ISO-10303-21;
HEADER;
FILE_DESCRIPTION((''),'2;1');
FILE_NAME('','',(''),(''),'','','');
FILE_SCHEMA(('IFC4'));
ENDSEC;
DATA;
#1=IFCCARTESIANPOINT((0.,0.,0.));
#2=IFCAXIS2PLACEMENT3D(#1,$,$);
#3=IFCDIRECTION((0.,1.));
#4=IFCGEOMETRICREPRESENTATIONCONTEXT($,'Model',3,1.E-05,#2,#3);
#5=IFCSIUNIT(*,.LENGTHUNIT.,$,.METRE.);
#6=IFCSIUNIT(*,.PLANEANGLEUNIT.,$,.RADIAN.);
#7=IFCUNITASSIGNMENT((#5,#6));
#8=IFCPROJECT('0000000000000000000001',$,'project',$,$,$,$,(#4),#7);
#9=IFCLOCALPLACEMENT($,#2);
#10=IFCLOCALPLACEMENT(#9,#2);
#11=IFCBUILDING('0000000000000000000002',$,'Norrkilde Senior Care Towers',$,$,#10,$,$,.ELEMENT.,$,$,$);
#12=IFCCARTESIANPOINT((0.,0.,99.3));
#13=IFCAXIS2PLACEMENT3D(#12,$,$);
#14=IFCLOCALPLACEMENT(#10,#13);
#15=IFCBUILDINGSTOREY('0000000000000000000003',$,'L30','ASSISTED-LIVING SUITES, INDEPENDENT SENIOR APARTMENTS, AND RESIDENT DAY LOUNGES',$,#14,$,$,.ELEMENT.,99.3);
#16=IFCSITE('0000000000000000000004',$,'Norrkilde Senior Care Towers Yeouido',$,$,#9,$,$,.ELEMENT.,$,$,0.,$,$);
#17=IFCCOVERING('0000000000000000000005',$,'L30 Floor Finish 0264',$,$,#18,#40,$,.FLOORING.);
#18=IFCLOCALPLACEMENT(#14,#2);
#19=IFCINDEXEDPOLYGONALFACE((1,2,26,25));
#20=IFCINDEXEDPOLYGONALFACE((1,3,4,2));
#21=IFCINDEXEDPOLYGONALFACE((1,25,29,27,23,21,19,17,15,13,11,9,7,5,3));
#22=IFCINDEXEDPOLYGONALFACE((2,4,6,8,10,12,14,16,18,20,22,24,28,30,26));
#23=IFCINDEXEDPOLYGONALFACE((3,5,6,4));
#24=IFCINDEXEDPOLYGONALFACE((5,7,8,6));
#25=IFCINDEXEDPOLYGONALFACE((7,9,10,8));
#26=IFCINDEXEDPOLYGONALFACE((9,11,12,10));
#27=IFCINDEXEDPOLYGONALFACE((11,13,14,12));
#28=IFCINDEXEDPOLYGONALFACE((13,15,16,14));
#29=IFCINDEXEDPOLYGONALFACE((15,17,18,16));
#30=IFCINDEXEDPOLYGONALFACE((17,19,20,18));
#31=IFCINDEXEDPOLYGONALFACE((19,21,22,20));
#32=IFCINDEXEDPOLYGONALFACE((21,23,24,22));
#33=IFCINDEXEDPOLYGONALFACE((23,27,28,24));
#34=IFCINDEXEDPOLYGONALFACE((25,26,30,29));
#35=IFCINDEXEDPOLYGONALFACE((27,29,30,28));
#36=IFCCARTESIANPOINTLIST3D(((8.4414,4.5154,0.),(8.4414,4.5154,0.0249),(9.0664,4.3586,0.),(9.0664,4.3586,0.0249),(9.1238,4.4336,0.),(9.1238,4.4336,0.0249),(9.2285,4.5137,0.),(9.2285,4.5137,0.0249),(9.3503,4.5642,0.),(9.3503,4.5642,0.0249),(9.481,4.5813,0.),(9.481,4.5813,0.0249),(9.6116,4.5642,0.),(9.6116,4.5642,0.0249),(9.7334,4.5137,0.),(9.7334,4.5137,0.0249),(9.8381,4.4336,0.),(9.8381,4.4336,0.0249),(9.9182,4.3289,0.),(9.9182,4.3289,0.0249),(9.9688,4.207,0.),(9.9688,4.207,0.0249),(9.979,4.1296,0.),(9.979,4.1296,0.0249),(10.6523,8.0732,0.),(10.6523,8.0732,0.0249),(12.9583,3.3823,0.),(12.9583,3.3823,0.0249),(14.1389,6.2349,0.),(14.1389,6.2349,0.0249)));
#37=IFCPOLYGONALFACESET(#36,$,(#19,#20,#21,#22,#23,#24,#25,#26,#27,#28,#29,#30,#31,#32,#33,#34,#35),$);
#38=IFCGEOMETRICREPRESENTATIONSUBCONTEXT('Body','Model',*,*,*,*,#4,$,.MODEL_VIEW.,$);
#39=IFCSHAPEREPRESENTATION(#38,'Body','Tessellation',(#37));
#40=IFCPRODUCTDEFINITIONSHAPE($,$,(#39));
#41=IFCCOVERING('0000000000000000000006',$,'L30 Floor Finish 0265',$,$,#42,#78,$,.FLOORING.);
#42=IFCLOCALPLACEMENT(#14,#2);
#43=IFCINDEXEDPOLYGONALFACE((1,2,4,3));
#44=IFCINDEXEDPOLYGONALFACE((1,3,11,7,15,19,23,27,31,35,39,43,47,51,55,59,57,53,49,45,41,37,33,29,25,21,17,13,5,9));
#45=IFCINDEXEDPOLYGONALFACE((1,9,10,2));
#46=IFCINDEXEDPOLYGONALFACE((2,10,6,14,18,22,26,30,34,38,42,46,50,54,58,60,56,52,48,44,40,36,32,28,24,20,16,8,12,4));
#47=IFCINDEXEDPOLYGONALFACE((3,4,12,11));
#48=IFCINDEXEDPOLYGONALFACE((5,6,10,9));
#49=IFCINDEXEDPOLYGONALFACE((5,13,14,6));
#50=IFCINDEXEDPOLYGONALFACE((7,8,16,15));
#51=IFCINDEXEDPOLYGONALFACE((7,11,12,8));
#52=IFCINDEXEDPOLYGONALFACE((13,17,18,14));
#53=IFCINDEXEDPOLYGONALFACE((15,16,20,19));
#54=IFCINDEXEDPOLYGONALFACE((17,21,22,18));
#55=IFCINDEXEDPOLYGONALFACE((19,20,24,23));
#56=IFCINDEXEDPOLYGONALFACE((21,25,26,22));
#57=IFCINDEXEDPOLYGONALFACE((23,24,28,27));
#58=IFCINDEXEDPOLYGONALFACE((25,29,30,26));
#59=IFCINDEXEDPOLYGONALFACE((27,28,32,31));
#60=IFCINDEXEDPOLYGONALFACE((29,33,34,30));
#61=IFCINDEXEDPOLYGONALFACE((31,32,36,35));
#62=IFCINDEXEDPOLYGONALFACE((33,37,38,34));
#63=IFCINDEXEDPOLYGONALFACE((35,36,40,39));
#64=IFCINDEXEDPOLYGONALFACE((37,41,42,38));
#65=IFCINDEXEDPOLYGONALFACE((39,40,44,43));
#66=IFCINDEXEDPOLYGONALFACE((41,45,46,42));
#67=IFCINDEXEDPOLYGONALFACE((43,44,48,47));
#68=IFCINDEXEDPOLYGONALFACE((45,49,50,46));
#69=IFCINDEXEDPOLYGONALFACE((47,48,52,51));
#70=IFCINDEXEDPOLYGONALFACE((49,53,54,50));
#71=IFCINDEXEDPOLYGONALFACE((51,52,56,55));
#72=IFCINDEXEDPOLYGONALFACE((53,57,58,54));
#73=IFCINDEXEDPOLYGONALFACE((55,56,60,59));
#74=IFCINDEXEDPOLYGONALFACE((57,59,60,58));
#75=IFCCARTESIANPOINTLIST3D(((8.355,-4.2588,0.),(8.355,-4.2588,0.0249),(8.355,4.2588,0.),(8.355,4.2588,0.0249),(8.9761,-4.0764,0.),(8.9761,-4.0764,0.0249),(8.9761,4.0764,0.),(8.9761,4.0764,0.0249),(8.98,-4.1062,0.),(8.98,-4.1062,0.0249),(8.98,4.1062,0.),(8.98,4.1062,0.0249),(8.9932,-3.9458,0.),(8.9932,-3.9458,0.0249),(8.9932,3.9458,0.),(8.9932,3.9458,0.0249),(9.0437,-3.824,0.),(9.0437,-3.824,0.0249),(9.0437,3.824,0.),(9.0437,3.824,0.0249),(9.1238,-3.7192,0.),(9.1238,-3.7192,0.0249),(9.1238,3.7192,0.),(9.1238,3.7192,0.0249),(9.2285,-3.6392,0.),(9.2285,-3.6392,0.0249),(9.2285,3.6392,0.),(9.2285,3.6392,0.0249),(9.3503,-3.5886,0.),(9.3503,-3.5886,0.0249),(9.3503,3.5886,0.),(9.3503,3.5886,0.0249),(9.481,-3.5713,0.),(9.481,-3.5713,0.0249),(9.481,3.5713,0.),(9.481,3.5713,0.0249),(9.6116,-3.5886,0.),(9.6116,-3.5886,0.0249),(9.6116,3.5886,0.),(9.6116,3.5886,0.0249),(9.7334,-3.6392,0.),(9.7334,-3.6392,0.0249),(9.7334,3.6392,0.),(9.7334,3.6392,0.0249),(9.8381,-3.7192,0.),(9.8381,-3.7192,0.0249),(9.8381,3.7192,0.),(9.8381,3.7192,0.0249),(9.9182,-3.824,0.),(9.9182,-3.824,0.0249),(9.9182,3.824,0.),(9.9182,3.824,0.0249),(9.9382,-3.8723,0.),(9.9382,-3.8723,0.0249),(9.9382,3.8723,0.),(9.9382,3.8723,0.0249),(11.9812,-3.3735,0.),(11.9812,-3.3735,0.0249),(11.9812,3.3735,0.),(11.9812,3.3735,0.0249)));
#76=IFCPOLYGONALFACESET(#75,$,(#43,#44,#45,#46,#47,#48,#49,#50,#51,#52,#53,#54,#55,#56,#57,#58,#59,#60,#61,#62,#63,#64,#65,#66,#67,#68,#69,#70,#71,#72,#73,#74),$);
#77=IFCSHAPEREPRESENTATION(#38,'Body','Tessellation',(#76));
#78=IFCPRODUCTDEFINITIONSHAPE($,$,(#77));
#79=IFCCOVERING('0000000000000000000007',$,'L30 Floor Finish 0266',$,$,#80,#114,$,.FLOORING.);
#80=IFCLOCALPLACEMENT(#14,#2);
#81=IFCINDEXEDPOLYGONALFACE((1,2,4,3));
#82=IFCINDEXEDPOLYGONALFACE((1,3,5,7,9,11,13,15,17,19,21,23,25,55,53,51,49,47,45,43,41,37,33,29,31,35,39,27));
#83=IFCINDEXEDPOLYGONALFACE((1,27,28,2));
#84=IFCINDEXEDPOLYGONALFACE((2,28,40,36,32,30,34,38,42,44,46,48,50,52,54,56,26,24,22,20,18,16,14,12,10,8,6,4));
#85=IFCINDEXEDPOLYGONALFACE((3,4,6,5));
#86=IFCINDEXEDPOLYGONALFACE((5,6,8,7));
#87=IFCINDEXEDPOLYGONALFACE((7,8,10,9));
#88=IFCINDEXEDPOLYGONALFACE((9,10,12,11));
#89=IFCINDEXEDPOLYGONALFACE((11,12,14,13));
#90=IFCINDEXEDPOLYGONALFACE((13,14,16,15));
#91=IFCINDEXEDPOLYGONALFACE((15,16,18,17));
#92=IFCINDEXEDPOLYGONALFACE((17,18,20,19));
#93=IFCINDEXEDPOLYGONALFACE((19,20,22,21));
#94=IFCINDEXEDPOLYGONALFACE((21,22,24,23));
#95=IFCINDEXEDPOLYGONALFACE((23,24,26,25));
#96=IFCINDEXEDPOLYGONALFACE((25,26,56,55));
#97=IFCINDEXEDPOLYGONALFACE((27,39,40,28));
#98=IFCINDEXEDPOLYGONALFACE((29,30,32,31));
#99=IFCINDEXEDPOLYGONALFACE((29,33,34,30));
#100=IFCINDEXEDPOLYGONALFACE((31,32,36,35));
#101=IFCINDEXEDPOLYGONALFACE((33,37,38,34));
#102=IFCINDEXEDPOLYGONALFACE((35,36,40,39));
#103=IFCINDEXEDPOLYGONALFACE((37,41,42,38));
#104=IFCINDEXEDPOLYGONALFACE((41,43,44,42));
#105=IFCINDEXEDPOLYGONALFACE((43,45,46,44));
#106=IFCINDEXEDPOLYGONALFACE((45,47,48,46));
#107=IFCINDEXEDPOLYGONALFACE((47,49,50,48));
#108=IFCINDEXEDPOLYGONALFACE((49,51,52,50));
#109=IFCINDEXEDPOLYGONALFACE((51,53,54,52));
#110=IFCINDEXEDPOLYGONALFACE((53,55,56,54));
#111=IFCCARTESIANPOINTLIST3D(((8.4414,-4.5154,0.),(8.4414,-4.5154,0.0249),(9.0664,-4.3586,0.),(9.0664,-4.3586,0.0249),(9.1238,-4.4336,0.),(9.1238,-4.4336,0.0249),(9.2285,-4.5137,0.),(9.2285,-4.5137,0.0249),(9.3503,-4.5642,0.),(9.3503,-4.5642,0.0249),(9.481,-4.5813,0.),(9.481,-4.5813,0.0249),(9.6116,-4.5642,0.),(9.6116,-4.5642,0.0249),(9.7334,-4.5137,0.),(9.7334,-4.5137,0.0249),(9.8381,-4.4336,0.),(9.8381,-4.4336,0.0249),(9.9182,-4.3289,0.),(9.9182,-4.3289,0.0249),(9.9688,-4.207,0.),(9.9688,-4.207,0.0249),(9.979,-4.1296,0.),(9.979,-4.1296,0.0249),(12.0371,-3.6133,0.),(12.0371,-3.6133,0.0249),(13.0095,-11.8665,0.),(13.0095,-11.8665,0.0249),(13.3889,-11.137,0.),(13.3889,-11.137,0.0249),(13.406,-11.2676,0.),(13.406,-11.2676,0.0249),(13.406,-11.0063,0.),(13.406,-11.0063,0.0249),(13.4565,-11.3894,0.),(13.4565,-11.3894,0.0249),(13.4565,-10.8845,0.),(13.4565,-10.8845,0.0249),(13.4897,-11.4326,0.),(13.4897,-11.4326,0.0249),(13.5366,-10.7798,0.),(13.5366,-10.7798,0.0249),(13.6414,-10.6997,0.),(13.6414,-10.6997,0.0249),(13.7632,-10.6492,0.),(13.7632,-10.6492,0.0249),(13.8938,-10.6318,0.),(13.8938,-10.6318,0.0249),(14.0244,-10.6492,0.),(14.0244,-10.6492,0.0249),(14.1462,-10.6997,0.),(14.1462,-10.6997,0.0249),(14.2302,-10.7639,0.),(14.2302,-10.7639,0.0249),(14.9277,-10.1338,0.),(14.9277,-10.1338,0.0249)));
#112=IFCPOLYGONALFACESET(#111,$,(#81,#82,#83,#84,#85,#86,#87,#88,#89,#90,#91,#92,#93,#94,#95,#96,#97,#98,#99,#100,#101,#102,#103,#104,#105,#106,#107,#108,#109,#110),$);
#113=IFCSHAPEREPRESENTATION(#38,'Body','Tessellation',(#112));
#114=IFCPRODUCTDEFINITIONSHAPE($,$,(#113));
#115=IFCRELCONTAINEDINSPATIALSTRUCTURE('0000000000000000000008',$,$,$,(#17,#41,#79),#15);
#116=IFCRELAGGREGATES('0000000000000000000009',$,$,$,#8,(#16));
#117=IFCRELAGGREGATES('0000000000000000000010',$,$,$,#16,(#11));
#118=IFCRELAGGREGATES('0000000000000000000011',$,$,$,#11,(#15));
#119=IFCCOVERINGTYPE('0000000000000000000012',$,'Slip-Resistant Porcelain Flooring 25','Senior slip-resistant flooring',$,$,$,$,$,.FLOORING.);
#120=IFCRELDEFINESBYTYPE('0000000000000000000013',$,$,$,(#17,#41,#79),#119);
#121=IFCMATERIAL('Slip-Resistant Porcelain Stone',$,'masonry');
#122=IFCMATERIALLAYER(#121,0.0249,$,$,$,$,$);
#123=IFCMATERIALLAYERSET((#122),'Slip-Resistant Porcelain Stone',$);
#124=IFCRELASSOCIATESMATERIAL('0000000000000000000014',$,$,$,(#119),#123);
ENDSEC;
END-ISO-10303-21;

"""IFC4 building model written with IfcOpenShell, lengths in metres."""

from ifc_helpers import new_model, si_unit, direction, frame, origin, place, context, subcontext, project, spatial, polyline, outline, extrude, material, layer, layer_set, type_object, element, save


model = new_model("IFC4")

# Units and contexts
model_context = context("Model", 3, precision=1e-05, world=origin(), true_north=direction((0.0, 1.0)))
body_context = subcontext(model_context, "Body", "Model", "MODEL_VIEW")
ifc_project = project(units=[si_unit("LENGTHUNIT", "METRE"), si_unit("PLANEANGLEUNIT", "RADIAN")], contexts=[model_context])

# Site, building, storey
site_placement = place(None, origin())
site = spatial("IfcSite", under=ifc_project, at=site_placement, Name="Norrkilde Senior Care Towers Yeouido", CompositionType="ELEMENT", RefElevation=0.0)
building_placement = place(site_placement, origin())
building = spatial("IfcBuilding", under=site, at=building_placement, Name="Norrkilde Senior Care Towers", CompositionType="ELEMENT")
storey_placement = place(building_placement, frame((0.0, 0.0, 99.3)))
storey = spatial("IfcBuildingStorey", under=building, at=storey_placement, Name="L30", Description="ASSISTED-LIVING SUITES, INDEPENDENT SENIOR APARTMENTS, AND RESIDENT DAY LOUNGES", CompositionType="ELEMENT", Elevation=99.3)

# Coverings
ifc_material_1 = material(Name="Slip-Resistant Porcelain Stone", Category="masonry")
ifc_layer_1 = layer(ifc_material_1, 0.0249)
ifc_layer_set_1 = layer_set([ifc_layer_1], Name="Slip-Resistant Porcelain Stone")
covering_type_1 = type_object("IfcCoveringType", Name="Slip-Resistant Porcelain Flooring 25", Description="Senior slip-resistant flooring", PredefinedType="FLOORING", material=ifc_layer_set_1)
covering_1_placement = place(storey_placement, origin())
element("IfcCovering", 1, at=covering_1_placement, inside=storey, type_object=covering_type_1, Name="L30 Floor Finish 0264", PredefinedType="FLOORING", context=body_context, shape_type="SweptSolid", body=[
    extrude(outline(polyline([(9.979, 4.1296), (9.9688, 4.207), (9.9182, 4.3289), (9.8381, 4.4336), (9.7334, 4.5137), (9.6116, 4.5642), (9.481, 4.5813), (9.3503, 4.5642), (9.2285, 4.5137), (9.1238, 4.4336), (9.0664, 4.3586), (8.4414, 4.5154), (10.6523, 8.0732), (14.1389, 6.2349), (12.9583, 3.3823), (9.979, 4.1296)])), origin(), (0.0, 0.0, 1.0), 0.0249),
])
covering_2_placement = place(storey_placement, origin())
element("IfcCovering", 2, at=covering_2_placement, inside=storey, type_object=covering_type_1, Name="L30 Floor Finish 0265", PredefinedType="FLOORING", context=body_context, shape_type="SweptSolid", body=[
    extrude(outline(polyline([(8.9761, 4.0764), (8.9932, 3.9458), (9.0437, 3.824), (9.1238, 3.7192), (9.2285, 3.6392), (9.3503, 3.5886), (9.481, 3.5713), (9.6116, 3.5886), (9.7334, 3.6392), (9.8381, 3.7192), (9.9182, 3.824), (9.9382, 3.8723), (11.9812, 3.3735), (11.9812, -3.3735), (9.9382, -3.8723), (9.9182, -3.824), (9.8381, -3.7192), (9.7334, -3.6392), (9.6116, -3.5886), (9.481, -3.5713), (9.3503, -3.5886), (9.2285, -3.6392), (9.1238, -3.7192), (9.0437, -3.824), (8.9932, -3.9458), (8.9761, -4.0764), (8.98, -4.1062), (8.355, -4.2588), (8.355, 4.2588), (8.98, 4.1062), (8.9761, 4.0764)])), origin(), (0.0, 0.0, 1.0), 0.0249),
])
covering_3_placement = place(storey_placement, origin())
element("IfcCovering", 3, at=covering_3_placement, inside=storey, type_object=covering_type_1, Name="L30 Floor Finish 0266", PredefinedType="FLOORING", context=body_context, shape_type="SweptSolid", body=[
    extrude(outline(polyline([(9.1238, -4.4336), (9.2285, -4.5137), (9.3503, -4.5642), (9.481, -4.5813), (9.6116, -4.5642), (9.7334, -4.5137), (9.8381, -4.4336), (9.9182, -4.3289), (9.9688, -4.207), (9.979, -4.1296), (12.0371, -3.6133), (14.9277, -10.1338), (14.2302, -10.7639), (14.1462, -10.6997), (14.0244, -10.6492), (13.8938, -10.6318), (13.7632, -10.6492), (13.6414, -10.6997), (13.5366, -10.7798), (13.4565, -10.8845), (13.406, -11.0063), (13.3889, -11.137), (13.406, -11.2676), (13.4565, -11.3894), (13.4897, -11.4326), (13.0095, -11.8665), (8.4414, -4.5154), (9.0664, -4.3586), (9.1238, -4.4336)])), origin(), (0.0, 0.0, 1.0), 0.0249),
])

save(model, "model.ifc")
